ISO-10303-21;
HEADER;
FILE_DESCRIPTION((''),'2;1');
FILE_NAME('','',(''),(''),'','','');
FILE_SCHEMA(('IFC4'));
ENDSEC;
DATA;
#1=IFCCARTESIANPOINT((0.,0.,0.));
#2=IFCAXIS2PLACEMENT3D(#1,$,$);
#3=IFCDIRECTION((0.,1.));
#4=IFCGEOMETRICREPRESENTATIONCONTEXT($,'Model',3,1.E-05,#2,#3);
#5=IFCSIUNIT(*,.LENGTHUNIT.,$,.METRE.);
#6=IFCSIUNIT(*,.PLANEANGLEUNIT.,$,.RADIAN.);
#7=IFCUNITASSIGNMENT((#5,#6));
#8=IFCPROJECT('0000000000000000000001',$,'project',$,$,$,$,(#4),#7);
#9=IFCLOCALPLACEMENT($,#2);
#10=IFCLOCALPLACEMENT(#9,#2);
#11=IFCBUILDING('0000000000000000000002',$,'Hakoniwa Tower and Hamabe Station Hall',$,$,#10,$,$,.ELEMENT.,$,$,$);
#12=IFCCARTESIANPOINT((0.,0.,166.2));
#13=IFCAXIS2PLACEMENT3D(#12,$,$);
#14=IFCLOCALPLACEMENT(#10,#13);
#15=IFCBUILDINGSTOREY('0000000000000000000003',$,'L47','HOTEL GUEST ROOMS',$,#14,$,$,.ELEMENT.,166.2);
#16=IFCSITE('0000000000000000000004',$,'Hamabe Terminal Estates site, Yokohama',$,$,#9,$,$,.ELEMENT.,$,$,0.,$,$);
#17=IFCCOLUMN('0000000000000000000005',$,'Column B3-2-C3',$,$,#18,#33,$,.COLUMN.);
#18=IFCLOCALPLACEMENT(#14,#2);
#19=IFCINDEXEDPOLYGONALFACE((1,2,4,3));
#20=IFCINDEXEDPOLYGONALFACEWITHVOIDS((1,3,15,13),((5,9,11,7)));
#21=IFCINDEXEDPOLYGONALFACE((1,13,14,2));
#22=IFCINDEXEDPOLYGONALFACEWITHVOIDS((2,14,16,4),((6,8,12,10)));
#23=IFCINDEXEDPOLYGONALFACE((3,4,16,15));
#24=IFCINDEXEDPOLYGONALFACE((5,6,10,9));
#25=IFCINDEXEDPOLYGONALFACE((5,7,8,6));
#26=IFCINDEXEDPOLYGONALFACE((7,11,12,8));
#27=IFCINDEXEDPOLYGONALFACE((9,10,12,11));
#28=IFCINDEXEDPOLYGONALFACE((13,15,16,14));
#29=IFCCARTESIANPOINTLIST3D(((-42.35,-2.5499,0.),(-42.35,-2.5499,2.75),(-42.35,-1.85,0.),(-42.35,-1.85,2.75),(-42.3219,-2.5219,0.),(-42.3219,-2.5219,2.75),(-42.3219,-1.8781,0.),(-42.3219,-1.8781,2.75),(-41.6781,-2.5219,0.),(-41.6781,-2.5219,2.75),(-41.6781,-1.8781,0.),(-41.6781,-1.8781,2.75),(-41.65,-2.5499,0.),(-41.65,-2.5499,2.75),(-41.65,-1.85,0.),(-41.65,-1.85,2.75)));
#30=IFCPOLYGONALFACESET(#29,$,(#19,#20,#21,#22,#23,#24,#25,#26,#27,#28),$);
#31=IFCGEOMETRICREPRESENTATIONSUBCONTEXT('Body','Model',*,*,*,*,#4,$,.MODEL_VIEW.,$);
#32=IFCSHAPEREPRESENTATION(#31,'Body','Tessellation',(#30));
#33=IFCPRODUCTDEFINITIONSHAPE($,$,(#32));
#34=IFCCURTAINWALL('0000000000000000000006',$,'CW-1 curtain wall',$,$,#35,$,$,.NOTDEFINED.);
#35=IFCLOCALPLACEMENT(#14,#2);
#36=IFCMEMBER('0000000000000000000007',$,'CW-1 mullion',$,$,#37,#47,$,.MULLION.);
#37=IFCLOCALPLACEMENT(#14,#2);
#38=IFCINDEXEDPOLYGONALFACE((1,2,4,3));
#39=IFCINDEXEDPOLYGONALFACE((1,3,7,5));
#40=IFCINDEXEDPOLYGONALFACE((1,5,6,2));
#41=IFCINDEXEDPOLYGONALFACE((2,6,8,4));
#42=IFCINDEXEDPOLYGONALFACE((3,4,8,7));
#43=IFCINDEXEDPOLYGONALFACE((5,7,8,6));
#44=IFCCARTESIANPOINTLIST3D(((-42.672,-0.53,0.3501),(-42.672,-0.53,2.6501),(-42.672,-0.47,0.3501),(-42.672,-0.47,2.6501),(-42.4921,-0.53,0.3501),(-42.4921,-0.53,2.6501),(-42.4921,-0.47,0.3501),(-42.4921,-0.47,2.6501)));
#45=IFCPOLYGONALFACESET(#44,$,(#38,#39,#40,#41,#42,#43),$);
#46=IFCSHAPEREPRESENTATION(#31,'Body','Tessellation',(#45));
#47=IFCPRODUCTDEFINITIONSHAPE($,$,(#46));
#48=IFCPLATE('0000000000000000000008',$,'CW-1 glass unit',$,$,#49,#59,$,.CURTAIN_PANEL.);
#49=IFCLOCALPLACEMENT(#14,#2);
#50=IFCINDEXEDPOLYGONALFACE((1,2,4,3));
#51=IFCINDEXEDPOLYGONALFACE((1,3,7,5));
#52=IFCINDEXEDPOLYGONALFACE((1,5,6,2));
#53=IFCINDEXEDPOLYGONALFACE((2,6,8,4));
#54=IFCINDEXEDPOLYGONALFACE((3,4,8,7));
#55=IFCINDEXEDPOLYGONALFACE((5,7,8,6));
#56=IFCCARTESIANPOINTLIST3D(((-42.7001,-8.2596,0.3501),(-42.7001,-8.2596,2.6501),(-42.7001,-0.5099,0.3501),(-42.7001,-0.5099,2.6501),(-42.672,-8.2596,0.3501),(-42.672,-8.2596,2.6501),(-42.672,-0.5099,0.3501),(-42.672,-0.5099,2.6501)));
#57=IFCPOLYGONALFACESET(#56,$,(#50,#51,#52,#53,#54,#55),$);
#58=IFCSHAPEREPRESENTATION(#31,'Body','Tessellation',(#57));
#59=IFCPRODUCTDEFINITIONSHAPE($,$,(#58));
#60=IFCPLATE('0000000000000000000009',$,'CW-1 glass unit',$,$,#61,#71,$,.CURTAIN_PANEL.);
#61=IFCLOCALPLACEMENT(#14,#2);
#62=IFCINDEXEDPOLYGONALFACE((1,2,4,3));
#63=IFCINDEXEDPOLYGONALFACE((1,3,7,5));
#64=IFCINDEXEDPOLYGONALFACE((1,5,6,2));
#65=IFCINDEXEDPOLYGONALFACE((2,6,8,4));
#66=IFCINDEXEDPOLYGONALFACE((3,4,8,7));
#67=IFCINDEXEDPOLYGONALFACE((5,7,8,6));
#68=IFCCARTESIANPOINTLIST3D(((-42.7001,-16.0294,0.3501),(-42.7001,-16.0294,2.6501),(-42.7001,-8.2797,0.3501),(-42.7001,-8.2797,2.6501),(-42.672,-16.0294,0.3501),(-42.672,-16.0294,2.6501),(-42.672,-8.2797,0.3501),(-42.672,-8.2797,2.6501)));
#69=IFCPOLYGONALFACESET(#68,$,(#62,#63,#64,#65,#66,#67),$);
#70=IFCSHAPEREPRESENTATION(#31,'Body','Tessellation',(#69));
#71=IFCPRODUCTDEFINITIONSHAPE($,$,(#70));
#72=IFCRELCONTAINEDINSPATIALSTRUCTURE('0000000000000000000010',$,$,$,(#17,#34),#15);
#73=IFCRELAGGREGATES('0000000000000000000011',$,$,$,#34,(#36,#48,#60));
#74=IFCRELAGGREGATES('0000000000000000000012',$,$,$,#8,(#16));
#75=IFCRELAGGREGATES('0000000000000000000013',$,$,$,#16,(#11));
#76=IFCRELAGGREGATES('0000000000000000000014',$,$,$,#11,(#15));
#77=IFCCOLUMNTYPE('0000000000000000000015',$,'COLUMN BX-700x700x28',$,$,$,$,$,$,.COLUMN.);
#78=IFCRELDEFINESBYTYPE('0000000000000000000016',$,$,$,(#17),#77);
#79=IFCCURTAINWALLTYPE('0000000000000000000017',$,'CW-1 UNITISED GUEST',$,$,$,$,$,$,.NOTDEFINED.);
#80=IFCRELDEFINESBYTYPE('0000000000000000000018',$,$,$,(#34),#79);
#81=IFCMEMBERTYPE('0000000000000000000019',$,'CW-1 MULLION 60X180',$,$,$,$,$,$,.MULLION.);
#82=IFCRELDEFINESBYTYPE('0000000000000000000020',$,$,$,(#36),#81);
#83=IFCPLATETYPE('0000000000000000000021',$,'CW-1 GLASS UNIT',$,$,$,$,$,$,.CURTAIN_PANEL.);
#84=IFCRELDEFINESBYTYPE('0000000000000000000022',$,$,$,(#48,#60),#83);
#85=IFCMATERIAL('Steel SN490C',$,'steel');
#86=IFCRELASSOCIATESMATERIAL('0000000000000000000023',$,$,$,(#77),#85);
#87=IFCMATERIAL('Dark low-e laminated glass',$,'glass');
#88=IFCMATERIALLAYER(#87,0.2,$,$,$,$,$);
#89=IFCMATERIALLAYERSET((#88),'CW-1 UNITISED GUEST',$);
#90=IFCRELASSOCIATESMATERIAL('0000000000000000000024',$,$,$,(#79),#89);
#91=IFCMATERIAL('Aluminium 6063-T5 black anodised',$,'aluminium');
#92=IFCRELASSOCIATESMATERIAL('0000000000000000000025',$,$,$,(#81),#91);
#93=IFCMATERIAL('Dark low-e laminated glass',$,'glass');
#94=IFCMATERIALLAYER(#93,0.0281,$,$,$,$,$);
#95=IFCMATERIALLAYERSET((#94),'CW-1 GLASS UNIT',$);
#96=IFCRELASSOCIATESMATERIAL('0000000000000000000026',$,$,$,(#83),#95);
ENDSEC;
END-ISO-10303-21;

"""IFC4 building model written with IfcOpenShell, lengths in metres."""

from ifc_helpers import new_model, si_unit, direction, frame, origin, origin_2d, place, context, subcontext, project, spatial, rectangle, hollow_rectangle, extrude, material, layer, layer_set, material_profile, profile_set, type_object, element, aggregate, save


model = new_model("IFC4")

# Units and contexts
model_context = context("Model", 3, precision=1e-05, world=origin(), true_north=direction((0.0, 1.0)))
body_context = subcontext(model_context, "Body", "Model", "MODEL_VIEW")
ifc_project = project(units=[si_unit("LENGTHUNIT", "METRE"), si_unit("PLANEANGLEUNIT", "RADIAN")], contexts=[model_context])

# Site, building, storey
site_placement = place(None, origin())
site = spatial("IfcSite", under=ifc_project, at=site_placement, Name="Hamabe Terminal Estates site, Yokohama", CompositionType="ELEMENT", RefElevation=0.0)
building_placement = place(site_placement, origin())
building = spatial("IfcBuilding", under=site, at=building_placement, Name="Hakoniwa Tower and Hamabe Station Hall", CompositionType="ELEMENT")
storey_placement = place(building_placement, frame((0.0, 0.0, 166.2)))
storey = spatial("IfcBuildingStorey", under=building, at=storey_placement, Name="L47", Description="HOTEL GUEST ROOMS", CompositionType="ELEMENT", Elevation=166.2)

# Column
ifc_material_1 = material(Name="Steel SN490C", Category="steel")
ifc_material_profile_1 = material_profile(ifc_material_1, hollow_rectangle(XDim=0.7, YDim=0.7, WallThickness=0.0281, at=origin_2d()), Name="BX-700x700x28")
ifc_profile_set_1 = profile_set([ifc_material_profile_1], Name="Steel SN490C")
column_type = type_object("IfcColumnType", Name="COLUMN BX-700x700x28", PredefinedType="COLUMN", material=ifc_profile_set_1)
column_placement = place(storey_placement, frame((-42.0, -2.2, 0.0), z_axis=(0.0, 0.0, 1.0), x_axis=(1.0, 0.0, 0.0)))
element("IfcColumn", 1, at=column_placement, inside=storey, type_object=column_type, Name="Column B3-2-C3", PredefinedType="COLUMN", context=body_context, shape_type="SweptSolid", body=[
    extrude(hollow_rectangle(XDim=0.7, YDim=0.7, WallThickness=0.0281, at=origin_2d()), origin(), (0.0, 0.0, 1.0), 2.75),
])

# Curtain wall, member, plates
ifc_material_2 = material(Name="Dark low-e laminated glass", Category="glass")
ifc_layer_1 = layer(ifc_material_2, 0.2)
ifc_layer_set_1 = layer_set([ifc_layer_1], Name="CW-1 UNITISED GUEST")
curtain_wall_type = type_object("IfcCurtainWallType", Name="CW-1 UNITISED GUEST", PredefinedType="NOTDEFINED", material=ifc_layer_set_1)
curtain_wall_placement = place(storey_placement, origin())
curtain_wall = element("IfcCurtainWall", 2, at=curtain_wall_placement, inside=storey, type_object=curtain_wall_type, Name="CW-1 curtain wall", PredefinedType="NOTDEFINED")
ifc_material_3 = material(Name="Aluminium 6063-T5 black anodised", Category="aluminium")
ifc_material_profile_2 = material_profile(ifc_material_3, rectangle(XDim=0.0601, YDim=0.1799, at=origin_2d()), Name="CW-1 MULLION 60X180")
ifc_profile_set_2 = profile_set([ifc_material_profile_2], Name="Aluminium 6063-T5 black anodised")
member_type = type_object("IfcMemberType", Name="CW-1 MULLION 60X180", PredefinedType="MULLION", material=ifc_profile_set_2)
member_placement = place(storey_placement, frame((-42.582, -0.5, 0.3501), z_axis=(0.0, 0.0, 1.0), x_axis=(0.0, -1.0, 0.0)))
member = element("IfcMember", 3, at=member_placement, type_object=member_type, Name="CW-1 mullion", PredefinedType="MULLION", context=body_context, shape_type="SweptSolid", body=[
    extrude(rectangle(XDim=0.0601, YDim=0.1799, at=origin_2d()), origin(), (0.0, 0.0, 1.0), 2.3),
])
ifc_material_4 = material(Name="Dark low-e laminated glass", Category="glass")
ifc_layer_2 = layer(ifc_material_4, 0.0281)
ifc_layer_set_2 = layer_set([ifc_layer_2], Name="CW-1 GLASS UNIT")
plate_type = type_object("IfcPlateType", Name="CW-1 GLASS UNIT", PredefinedType="CURTAIN_PANEL", material=ifc_layer_set_2)
plate_1_placement = place(storey_placement, frame((-42.686, -4.3848, 0.3501), z_axis=(0.0, 0.0, 1.0), x_axis=(0.0, -1.0, 0.0)))
plate_1 = element("IfcPlate", 4, at=plate_1_placement, type_object=plate_type, Name="CW-1 glass unit", PredefinedType="CURTAIN_PANEL", context=body_context, shape_type="SweptSolid", body=[
    extrude(rectangle(XDim=7.7498, YDim=0.0281, at=origin_2d()), origin(), (0.0, 0.0, 1.0), 2.3),
])
plate_2_placement = place(storey_placement, frame((-42.686, -12.1545, 0.3501), z_axis=(0.0, 0.0, 1.0), x_axis=(0.0, -1.0, 0.0)))
plate_2 = element("IfcPlate", 5, at=plate_2_placement, type_object=plate_type, Name="CW-1 glass unit", PredefinedType="CURTAIN_PANEL", context=body_context, shape_type="SweptSolid", body=[
    extrude(rectangle(XDim=7.7498, YDim=0.0281, at=origin_2d()), origin(), (0.0, 0.0, 1.0), 2.3),
])
aggregate(curtain_wall, [member, plate_1, plate_2])

save(model, "model.ifc")
